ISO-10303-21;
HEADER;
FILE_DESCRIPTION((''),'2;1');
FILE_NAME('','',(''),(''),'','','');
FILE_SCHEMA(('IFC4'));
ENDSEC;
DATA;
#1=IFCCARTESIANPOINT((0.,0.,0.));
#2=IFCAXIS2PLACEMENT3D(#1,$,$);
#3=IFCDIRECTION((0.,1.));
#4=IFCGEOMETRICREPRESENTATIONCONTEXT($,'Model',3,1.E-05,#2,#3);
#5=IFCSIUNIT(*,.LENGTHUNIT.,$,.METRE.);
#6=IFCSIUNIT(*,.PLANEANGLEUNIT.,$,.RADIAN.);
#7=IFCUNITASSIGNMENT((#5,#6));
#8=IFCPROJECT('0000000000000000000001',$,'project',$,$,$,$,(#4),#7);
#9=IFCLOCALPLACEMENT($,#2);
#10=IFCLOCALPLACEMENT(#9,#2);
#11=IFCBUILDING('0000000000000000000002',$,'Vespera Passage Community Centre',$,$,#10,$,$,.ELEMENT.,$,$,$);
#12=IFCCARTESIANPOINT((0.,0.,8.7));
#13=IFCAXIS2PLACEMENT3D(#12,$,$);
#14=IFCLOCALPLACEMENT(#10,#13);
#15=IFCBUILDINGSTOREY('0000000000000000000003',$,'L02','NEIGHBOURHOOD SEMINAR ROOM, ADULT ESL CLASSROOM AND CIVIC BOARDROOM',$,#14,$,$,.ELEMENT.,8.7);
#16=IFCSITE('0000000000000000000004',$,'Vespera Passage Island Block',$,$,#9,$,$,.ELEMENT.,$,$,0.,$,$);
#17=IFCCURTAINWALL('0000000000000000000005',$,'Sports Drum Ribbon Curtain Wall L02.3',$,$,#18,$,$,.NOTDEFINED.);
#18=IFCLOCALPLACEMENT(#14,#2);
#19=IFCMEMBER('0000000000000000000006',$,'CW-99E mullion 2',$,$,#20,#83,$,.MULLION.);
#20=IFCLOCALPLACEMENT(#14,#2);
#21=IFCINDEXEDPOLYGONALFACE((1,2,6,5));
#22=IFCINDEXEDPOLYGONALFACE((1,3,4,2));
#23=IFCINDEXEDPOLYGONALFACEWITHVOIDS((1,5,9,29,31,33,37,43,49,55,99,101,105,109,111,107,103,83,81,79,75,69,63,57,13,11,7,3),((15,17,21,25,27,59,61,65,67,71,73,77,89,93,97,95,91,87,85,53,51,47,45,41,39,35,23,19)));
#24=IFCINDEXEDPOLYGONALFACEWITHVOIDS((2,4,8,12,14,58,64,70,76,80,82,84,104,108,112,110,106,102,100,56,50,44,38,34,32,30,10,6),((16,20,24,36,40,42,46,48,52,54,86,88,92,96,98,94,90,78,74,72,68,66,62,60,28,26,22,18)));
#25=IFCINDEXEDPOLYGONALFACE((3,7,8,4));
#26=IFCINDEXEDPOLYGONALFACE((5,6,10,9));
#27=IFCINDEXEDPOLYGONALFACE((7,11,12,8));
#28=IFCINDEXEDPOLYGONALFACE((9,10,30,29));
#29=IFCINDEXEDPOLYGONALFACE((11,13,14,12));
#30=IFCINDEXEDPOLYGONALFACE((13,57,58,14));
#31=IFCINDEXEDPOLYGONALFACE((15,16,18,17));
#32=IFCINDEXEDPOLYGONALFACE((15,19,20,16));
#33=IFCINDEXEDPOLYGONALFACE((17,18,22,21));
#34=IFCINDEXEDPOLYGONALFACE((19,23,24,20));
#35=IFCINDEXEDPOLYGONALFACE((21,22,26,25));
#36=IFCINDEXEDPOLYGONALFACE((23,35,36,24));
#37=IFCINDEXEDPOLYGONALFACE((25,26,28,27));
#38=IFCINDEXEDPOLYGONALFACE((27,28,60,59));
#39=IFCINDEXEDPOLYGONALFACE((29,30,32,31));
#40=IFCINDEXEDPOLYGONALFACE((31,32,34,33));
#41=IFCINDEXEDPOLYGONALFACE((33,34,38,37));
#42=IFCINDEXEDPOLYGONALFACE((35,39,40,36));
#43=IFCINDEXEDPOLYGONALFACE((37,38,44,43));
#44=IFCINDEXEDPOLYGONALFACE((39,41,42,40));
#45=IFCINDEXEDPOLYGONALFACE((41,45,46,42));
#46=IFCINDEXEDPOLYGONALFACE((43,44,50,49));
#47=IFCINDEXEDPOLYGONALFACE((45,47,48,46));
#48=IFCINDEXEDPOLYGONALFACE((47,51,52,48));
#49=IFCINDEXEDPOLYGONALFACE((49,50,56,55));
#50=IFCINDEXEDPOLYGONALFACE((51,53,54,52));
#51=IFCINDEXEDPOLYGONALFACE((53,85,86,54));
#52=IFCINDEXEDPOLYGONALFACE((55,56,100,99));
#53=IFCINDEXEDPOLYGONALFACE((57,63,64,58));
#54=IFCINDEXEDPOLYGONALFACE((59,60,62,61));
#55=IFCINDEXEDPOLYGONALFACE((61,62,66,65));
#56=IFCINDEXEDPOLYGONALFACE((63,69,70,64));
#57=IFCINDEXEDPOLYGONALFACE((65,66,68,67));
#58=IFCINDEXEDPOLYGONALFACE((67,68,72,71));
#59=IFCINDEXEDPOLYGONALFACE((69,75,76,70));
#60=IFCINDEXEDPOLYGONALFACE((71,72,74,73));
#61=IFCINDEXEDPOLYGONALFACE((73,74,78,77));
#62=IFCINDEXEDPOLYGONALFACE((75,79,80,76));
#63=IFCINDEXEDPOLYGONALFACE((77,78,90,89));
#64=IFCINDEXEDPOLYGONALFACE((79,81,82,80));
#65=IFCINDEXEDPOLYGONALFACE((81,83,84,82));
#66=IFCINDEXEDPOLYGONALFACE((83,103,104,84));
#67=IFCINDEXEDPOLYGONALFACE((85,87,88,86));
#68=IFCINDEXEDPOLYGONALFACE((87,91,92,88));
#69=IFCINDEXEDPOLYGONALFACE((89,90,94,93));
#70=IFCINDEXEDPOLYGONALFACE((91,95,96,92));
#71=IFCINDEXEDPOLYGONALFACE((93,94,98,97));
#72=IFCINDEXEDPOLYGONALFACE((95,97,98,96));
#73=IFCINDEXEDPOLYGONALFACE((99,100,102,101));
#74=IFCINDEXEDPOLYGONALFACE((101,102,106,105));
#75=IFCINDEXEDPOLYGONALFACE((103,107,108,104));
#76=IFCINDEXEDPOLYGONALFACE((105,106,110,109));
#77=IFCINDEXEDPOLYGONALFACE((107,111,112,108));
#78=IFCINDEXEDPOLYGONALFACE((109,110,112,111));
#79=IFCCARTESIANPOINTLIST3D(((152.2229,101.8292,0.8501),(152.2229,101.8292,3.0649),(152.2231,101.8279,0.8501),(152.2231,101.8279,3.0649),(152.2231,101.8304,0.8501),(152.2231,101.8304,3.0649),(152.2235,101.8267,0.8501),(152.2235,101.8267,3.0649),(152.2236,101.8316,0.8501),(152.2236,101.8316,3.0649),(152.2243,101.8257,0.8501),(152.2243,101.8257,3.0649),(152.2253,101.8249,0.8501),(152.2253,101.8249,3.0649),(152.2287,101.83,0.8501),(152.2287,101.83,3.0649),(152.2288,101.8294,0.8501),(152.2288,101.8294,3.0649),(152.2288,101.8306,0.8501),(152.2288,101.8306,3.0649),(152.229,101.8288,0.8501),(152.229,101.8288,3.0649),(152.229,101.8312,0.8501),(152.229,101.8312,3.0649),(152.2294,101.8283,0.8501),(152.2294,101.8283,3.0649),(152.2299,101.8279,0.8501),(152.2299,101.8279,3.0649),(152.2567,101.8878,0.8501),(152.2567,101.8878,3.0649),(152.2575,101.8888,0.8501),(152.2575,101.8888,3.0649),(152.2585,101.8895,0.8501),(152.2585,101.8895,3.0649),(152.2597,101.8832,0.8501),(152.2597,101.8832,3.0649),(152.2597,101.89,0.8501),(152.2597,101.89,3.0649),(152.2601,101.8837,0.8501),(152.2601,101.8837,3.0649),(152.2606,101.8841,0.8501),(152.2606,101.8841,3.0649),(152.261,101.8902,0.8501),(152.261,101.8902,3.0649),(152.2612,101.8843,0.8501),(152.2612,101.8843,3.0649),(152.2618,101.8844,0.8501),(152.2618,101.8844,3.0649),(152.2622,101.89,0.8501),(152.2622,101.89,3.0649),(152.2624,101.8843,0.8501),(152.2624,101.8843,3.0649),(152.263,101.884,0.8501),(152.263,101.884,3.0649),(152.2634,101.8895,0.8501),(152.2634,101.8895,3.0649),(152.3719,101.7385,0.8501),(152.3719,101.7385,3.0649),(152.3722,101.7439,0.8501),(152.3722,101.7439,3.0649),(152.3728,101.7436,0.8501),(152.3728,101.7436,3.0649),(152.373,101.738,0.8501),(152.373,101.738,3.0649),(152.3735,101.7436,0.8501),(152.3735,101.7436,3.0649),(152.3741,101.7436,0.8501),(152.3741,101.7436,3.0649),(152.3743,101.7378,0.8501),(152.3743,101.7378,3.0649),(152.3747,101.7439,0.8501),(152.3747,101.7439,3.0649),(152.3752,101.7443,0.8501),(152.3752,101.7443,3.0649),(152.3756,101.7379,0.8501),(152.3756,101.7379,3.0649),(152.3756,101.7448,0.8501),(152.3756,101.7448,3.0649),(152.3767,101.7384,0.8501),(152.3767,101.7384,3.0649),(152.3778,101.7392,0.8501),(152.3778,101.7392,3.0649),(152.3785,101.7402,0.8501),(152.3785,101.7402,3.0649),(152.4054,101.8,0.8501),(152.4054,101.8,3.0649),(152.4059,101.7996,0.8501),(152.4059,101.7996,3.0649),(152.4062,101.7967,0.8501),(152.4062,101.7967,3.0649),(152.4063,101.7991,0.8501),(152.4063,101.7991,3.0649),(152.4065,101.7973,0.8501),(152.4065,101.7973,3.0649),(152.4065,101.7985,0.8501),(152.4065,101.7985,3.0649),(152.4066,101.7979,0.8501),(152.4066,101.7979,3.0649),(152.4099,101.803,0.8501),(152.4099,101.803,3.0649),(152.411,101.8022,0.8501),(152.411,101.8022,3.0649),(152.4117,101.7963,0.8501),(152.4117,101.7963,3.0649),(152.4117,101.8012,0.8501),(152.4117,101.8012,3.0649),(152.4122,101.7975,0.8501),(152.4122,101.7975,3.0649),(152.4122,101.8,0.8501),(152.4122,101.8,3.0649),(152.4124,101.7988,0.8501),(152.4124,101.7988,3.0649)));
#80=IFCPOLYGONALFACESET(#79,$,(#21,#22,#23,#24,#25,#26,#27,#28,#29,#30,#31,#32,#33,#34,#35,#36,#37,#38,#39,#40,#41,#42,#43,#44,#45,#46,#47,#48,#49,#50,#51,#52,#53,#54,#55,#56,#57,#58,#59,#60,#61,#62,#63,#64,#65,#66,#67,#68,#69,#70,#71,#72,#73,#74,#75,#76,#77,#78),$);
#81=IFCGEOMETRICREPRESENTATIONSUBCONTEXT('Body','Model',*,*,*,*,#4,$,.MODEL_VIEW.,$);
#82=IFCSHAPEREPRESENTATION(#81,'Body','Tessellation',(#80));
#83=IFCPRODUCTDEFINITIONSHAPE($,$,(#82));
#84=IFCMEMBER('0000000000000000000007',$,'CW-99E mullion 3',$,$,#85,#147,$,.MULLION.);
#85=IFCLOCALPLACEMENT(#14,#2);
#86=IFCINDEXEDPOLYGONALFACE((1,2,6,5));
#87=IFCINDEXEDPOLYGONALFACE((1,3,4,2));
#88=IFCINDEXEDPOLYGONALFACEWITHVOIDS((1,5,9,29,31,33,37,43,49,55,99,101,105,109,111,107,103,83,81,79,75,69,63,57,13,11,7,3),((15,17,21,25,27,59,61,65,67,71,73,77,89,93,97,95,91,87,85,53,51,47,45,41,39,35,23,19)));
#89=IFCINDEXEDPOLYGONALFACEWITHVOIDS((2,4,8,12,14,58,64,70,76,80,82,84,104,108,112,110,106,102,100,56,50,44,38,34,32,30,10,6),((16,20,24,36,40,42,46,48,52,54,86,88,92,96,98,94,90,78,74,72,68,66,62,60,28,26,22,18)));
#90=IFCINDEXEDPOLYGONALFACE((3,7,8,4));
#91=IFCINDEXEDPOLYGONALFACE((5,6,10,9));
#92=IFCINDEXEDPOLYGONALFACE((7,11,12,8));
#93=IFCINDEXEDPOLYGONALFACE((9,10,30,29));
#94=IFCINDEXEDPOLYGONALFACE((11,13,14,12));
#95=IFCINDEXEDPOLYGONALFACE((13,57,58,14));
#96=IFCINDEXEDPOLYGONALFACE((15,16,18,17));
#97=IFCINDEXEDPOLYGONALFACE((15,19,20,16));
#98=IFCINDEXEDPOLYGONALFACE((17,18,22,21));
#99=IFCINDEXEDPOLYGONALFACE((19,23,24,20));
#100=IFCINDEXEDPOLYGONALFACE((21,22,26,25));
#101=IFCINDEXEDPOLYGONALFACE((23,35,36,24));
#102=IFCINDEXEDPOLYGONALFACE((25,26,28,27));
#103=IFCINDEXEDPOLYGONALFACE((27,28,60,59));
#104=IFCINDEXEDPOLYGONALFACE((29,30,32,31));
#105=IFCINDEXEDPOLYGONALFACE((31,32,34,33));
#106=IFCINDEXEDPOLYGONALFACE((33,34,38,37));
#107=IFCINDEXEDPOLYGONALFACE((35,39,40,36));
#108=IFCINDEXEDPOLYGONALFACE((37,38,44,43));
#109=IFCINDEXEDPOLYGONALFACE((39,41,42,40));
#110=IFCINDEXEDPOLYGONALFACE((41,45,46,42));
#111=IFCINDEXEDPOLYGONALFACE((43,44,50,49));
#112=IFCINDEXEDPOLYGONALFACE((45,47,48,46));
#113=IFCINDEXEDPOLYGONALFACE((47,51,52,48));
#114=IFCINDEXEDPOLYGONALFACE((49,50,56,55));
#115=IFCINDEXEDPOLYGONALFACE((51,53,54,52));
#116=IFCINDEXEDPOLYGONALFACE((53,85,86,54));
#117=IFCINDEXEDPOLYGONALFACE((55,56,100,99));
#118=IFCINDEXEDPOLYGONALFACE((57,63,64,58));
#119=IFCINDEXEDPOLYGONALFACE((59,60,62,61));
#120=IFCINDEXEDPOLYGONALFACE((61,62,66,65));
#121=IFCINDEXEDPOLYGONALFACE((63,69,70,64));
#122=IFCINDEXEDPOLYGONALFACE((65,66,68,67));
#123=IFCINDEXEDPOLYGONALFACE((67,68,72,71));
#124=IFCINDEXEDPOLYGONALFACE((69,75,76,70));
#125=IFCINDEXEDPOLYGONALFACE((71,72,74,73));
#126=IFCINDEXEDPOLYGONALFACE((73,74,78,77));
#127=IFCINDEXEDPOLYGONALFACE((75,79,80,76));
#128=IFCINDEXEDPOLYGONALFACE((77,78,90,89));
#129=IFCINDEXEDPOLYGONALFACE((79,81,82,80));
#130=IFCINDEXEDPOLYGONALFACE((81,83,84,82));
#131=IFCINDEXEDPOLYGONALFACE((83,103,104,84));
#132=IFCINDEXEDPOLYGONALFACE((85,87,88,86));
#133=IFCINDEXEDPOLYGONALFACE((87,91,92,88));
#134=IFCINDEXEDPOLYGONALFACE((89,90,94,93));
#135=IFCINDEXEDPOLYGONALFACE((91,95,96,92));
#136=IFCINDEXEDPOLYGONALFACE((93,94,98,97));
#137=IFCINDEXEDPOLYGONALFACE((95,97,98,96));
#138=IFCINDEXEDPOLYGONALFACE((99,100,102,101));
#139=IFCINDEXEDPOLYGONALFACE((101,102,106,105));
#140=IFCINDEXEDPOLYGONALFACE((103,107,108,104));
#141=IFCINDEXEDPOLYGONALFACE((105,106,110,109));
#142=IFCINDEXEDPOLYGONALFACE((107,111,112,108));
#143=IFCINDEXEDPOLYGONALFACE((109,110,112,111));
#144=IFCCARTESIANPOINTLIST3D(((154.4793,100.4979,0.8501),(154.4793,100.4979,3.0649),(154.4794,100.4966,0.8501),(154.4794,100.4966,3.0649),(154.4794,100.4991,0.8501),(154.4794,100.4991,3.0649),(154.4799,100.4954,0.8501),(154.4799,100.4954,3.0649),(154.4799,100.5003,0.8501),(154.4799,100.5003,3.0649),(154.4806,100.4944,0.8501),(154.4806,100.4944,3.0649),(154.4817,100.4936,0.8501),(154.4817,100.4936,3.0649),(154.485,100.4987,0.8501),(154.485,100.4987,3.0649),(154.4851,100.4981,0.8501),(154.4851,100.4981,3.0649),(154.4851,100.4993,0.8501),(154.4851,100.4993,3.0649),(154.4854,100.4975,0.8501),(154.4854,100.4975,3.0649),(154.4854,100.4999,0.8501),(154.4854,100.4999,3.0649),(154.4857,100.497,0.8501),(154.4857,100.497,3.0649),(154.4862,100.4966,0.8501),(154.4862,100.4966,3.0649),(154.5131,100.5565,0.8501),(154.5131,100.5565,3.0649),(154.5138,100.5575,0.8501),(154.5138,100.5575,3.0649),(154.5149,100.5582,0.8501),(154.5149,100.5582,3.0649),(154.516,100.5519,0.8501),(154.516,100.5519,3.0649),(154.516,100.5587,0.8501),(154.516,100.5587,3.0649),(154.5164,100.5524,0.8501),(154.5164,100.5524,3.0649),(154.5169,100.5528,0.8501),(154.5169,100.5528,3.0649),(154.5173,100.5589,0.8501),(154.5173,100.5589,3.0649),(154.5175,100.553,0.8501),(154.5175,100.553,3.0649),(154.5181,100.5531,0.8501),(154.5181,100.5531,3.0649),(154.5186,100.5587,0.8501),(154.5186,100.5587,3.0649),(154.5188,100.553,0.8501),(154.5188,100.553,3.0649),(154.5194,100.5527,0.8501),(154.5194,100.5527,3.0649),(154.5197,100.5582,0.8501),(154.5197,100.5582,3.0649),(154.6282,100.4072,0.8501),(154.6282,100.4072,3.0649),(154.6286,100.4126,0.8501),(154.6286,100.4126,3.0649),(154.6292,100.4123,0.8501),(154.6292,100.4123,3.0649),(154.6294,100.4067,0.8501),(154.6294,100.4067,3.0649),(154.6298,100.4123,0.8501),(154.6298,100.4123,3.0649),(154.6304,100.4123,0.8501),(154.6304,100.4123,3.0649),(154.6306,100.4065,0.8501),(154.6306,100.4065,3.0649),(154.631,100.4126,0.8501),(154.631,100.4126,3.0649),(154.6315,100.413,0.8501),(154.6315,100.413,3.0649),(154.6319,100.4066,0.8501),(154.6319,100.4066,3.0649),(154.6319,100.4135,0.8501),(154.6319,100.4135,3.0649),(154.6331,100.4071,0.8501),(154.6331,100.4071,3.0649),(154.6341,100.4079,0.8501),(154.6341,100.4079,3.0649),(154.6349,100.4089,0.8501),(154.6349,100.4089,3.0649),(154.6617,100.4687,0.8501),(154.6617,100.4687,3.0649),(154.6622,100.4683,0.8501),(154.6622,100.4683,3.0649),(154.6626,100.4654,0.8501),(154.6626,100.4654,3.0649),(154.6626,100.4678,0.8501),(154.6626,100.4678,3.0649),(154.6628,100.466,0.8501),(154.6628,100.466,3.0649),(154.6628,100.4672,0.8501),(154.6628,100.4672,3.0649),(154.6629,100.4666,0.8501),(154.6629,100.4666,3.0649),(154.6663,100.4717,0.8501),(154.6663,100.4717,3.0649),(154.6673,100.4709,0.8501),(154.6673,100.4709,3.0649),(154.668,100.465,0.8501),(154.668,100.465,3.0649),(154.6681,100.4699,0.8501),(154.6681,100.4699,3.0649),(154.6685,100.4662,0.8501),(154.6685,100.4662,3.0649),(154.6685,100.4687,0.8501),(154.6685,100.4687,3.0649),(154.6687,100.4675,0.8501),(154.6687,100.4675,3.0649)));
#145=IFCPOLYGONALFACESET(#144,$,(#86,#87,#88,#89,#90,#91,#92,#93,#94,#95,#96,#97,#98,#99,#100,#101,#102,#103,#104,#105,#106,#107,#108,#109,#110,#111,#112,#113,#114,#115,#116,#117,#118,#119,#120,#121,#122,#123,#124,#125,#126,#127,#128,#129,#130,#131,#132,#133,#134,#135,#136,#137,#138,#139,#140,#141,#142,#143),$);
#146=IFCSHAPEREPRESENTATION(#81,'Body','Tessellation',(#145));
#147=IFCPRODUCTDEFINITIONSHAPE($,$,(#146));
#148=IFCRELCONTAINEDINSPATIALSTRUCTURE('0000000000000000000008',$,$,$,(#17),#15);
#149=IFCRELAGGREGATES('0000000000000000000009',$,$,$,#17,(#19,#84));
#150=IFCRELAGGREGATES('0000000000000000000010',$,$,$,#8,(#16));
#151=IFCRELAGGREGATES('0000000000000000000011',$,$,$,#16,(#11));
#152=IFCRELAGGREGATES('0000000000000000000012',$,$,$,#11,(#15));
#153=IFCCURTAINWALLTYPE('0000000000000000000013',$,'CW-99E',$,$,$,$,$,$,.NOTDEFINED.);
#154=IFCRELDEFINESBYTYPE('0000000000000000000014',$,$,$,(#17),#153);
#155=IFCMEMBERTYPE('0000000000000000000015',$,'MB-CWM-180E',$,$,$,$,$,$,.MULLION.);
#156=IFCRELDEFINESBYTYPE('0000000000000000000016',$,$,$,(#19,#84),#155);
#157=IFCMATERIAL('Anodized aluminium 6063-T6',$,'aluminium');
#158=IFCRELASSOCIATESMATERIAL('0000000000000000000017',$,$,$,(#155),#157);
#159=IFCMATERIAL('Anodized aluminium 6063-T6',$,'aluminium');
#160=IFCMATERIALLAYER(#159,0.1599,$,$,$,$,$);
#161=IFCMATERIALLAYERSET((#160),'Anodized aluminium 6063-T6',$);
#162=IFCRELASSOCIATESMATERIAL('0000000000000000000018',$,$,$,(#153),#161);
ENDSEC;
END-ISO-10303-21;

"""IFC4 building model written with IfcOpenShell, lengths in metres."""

from ifc_helpers import new_model, si_unit, direction, frame, origin, origin_2d, place, context, subcontext, project, spatial, hollow_rectangle, extrude, material, layer, layer_set, material_profile, profile_set, type_object, element, aggregate, save


model = new_model("IFC4")

# Units and contexts
model_context = context("Model", 3, precision=1e-05, world=origin(), true_north=direction((0.0, 1.0)))
body_context = subcontext(model_context, "Body", "Model", "MODEL_VIEW")
ifc_project = project(units=[si_unit("LENGTHUNIT", "METRE"), si_unit("PLANEANGLEUNIT", "RADIAN")], contexts=[model_context])

# Site, building, storey
site_placement = place(None, origin())
site = spatial("IfcSite", under=ifc_project, at=site_placement, Name="Vespera Passage Island Block", CompositionType="ELEMENT", RefElevation=0.0)
building_placement = place(site_placement, origin())
building = spatial("IfcBuilding", under=site, at=building_placement, Name="Vespera Passage Community Centre", CompositionType="ELEMENT")
storey_placement = place(building_placement, frame((0.0, 0.0, 8.7)))
storey = spatial("IfcBuildingStorey", under=building, at=storey_placement, Name="L02", Description="NEIGHBOURHOOD SEMINAR ROOM, ADULT ESL CLASSROOM AND CIVIC BOARDROOM", CompositionType="ELEMENT", Elevation=8.7)

# Curtain wall, members
ifc_material_1 = material(Name="Anodized aluminium 6063-T6", Category="aluminium")
ifc_material_profile_1 = material_profile(ifc_material_1, hollow_rectangle(XDim=0.075, YDim=0.1799, WallThickness=0.0049, InnerFilletRadius=0.0024, OuterFilletRadius=0.0049, at=origin_2d()), Name="ALU180X75X5")
ifc_profile_set_1 = profile_set([ifc_material_profile_1], Name="Anodized aluminium 6063-T6")
member_type_1 = type_object("IfcMemberType", Name="MB-CWM-180E", PredefinedType="MULLION", material=ifc_profile_set_1)
ifc_material_2 = material(Name="Anodized aluminium 6063-T6", Category="aluminium")
ifc_layer_1 = layer(ifc_material_2, 0.1599)
ifc_layer_set_1 = layer_set([ifc_layer_1], Name="Anodized aluminium 6063-T6")
curtain_wall_type_1 = type_object("IfcCurtainWallType", Name="CW-99E", PredefinedType="NOTDEFINED", material=ifc_layer_set_1)
curtain_wall_1_placement = place(storey_placement, origin())
curtain_wall_1 = element("IfcCurtainWall", 1, at=curtain_wall_1_placement, inside=storey, type_object=curtain_wall_type_1, Name="Sports Drum Ribbon Curtain Wall L02.3", PredefinedType="NOTDEFINED")
member_1_placement = place(storey_placement, frame((152.3176, 101.814, 0.8501), z_axis=(0.0, 0.0, 1.0), x_axis=(0.50817, 0.861257, 0.0)))
member_1 = element("IfcMember", 2, at=member_1_placement, type_object=member_type_1, Name="CW-99E mullion 2", PredefinedType="MULLION", context=body_context, shape_type="SweptSolid", body=[
    extrude(hollow_rectangle(XDim=0.075, YDim=0.1799, WallThickness=0.0049, InnerFilletRadius=0.0024, OuterFilletRadius=0.0049, at=origin_2d()), origin(), (0.0, 0.0, 1.0), 2.2148),
])
member_2_placement = place(storey_placement, frame((154.574, 100.4827, 0.8501), z_axis=(0.0, 0.0, 1.0), x_axis=(0.50817, 0.861257, 0.0)))
member_2 = element("IfcMember", 3, at=member_2_placement, type_object=member_type_1, Name="CW-99E mullion 3", PredefinedType="MULLION", context=body_context, shape_type="SweptSolid", body=[
    extrude(hollow_rectangle(XDim=0.075, YDim=0.1799, WallThickness=0.0049, InnerFilletRadius=0.0024, OuterFilletRadius=0.0049, at=origin_2d()), origin(), (0.0, 0.0, 1.0), 2.2148),
])

aggregate(curtain_wall_1, [member_1, member_2])

save(model, "model.ifc")
